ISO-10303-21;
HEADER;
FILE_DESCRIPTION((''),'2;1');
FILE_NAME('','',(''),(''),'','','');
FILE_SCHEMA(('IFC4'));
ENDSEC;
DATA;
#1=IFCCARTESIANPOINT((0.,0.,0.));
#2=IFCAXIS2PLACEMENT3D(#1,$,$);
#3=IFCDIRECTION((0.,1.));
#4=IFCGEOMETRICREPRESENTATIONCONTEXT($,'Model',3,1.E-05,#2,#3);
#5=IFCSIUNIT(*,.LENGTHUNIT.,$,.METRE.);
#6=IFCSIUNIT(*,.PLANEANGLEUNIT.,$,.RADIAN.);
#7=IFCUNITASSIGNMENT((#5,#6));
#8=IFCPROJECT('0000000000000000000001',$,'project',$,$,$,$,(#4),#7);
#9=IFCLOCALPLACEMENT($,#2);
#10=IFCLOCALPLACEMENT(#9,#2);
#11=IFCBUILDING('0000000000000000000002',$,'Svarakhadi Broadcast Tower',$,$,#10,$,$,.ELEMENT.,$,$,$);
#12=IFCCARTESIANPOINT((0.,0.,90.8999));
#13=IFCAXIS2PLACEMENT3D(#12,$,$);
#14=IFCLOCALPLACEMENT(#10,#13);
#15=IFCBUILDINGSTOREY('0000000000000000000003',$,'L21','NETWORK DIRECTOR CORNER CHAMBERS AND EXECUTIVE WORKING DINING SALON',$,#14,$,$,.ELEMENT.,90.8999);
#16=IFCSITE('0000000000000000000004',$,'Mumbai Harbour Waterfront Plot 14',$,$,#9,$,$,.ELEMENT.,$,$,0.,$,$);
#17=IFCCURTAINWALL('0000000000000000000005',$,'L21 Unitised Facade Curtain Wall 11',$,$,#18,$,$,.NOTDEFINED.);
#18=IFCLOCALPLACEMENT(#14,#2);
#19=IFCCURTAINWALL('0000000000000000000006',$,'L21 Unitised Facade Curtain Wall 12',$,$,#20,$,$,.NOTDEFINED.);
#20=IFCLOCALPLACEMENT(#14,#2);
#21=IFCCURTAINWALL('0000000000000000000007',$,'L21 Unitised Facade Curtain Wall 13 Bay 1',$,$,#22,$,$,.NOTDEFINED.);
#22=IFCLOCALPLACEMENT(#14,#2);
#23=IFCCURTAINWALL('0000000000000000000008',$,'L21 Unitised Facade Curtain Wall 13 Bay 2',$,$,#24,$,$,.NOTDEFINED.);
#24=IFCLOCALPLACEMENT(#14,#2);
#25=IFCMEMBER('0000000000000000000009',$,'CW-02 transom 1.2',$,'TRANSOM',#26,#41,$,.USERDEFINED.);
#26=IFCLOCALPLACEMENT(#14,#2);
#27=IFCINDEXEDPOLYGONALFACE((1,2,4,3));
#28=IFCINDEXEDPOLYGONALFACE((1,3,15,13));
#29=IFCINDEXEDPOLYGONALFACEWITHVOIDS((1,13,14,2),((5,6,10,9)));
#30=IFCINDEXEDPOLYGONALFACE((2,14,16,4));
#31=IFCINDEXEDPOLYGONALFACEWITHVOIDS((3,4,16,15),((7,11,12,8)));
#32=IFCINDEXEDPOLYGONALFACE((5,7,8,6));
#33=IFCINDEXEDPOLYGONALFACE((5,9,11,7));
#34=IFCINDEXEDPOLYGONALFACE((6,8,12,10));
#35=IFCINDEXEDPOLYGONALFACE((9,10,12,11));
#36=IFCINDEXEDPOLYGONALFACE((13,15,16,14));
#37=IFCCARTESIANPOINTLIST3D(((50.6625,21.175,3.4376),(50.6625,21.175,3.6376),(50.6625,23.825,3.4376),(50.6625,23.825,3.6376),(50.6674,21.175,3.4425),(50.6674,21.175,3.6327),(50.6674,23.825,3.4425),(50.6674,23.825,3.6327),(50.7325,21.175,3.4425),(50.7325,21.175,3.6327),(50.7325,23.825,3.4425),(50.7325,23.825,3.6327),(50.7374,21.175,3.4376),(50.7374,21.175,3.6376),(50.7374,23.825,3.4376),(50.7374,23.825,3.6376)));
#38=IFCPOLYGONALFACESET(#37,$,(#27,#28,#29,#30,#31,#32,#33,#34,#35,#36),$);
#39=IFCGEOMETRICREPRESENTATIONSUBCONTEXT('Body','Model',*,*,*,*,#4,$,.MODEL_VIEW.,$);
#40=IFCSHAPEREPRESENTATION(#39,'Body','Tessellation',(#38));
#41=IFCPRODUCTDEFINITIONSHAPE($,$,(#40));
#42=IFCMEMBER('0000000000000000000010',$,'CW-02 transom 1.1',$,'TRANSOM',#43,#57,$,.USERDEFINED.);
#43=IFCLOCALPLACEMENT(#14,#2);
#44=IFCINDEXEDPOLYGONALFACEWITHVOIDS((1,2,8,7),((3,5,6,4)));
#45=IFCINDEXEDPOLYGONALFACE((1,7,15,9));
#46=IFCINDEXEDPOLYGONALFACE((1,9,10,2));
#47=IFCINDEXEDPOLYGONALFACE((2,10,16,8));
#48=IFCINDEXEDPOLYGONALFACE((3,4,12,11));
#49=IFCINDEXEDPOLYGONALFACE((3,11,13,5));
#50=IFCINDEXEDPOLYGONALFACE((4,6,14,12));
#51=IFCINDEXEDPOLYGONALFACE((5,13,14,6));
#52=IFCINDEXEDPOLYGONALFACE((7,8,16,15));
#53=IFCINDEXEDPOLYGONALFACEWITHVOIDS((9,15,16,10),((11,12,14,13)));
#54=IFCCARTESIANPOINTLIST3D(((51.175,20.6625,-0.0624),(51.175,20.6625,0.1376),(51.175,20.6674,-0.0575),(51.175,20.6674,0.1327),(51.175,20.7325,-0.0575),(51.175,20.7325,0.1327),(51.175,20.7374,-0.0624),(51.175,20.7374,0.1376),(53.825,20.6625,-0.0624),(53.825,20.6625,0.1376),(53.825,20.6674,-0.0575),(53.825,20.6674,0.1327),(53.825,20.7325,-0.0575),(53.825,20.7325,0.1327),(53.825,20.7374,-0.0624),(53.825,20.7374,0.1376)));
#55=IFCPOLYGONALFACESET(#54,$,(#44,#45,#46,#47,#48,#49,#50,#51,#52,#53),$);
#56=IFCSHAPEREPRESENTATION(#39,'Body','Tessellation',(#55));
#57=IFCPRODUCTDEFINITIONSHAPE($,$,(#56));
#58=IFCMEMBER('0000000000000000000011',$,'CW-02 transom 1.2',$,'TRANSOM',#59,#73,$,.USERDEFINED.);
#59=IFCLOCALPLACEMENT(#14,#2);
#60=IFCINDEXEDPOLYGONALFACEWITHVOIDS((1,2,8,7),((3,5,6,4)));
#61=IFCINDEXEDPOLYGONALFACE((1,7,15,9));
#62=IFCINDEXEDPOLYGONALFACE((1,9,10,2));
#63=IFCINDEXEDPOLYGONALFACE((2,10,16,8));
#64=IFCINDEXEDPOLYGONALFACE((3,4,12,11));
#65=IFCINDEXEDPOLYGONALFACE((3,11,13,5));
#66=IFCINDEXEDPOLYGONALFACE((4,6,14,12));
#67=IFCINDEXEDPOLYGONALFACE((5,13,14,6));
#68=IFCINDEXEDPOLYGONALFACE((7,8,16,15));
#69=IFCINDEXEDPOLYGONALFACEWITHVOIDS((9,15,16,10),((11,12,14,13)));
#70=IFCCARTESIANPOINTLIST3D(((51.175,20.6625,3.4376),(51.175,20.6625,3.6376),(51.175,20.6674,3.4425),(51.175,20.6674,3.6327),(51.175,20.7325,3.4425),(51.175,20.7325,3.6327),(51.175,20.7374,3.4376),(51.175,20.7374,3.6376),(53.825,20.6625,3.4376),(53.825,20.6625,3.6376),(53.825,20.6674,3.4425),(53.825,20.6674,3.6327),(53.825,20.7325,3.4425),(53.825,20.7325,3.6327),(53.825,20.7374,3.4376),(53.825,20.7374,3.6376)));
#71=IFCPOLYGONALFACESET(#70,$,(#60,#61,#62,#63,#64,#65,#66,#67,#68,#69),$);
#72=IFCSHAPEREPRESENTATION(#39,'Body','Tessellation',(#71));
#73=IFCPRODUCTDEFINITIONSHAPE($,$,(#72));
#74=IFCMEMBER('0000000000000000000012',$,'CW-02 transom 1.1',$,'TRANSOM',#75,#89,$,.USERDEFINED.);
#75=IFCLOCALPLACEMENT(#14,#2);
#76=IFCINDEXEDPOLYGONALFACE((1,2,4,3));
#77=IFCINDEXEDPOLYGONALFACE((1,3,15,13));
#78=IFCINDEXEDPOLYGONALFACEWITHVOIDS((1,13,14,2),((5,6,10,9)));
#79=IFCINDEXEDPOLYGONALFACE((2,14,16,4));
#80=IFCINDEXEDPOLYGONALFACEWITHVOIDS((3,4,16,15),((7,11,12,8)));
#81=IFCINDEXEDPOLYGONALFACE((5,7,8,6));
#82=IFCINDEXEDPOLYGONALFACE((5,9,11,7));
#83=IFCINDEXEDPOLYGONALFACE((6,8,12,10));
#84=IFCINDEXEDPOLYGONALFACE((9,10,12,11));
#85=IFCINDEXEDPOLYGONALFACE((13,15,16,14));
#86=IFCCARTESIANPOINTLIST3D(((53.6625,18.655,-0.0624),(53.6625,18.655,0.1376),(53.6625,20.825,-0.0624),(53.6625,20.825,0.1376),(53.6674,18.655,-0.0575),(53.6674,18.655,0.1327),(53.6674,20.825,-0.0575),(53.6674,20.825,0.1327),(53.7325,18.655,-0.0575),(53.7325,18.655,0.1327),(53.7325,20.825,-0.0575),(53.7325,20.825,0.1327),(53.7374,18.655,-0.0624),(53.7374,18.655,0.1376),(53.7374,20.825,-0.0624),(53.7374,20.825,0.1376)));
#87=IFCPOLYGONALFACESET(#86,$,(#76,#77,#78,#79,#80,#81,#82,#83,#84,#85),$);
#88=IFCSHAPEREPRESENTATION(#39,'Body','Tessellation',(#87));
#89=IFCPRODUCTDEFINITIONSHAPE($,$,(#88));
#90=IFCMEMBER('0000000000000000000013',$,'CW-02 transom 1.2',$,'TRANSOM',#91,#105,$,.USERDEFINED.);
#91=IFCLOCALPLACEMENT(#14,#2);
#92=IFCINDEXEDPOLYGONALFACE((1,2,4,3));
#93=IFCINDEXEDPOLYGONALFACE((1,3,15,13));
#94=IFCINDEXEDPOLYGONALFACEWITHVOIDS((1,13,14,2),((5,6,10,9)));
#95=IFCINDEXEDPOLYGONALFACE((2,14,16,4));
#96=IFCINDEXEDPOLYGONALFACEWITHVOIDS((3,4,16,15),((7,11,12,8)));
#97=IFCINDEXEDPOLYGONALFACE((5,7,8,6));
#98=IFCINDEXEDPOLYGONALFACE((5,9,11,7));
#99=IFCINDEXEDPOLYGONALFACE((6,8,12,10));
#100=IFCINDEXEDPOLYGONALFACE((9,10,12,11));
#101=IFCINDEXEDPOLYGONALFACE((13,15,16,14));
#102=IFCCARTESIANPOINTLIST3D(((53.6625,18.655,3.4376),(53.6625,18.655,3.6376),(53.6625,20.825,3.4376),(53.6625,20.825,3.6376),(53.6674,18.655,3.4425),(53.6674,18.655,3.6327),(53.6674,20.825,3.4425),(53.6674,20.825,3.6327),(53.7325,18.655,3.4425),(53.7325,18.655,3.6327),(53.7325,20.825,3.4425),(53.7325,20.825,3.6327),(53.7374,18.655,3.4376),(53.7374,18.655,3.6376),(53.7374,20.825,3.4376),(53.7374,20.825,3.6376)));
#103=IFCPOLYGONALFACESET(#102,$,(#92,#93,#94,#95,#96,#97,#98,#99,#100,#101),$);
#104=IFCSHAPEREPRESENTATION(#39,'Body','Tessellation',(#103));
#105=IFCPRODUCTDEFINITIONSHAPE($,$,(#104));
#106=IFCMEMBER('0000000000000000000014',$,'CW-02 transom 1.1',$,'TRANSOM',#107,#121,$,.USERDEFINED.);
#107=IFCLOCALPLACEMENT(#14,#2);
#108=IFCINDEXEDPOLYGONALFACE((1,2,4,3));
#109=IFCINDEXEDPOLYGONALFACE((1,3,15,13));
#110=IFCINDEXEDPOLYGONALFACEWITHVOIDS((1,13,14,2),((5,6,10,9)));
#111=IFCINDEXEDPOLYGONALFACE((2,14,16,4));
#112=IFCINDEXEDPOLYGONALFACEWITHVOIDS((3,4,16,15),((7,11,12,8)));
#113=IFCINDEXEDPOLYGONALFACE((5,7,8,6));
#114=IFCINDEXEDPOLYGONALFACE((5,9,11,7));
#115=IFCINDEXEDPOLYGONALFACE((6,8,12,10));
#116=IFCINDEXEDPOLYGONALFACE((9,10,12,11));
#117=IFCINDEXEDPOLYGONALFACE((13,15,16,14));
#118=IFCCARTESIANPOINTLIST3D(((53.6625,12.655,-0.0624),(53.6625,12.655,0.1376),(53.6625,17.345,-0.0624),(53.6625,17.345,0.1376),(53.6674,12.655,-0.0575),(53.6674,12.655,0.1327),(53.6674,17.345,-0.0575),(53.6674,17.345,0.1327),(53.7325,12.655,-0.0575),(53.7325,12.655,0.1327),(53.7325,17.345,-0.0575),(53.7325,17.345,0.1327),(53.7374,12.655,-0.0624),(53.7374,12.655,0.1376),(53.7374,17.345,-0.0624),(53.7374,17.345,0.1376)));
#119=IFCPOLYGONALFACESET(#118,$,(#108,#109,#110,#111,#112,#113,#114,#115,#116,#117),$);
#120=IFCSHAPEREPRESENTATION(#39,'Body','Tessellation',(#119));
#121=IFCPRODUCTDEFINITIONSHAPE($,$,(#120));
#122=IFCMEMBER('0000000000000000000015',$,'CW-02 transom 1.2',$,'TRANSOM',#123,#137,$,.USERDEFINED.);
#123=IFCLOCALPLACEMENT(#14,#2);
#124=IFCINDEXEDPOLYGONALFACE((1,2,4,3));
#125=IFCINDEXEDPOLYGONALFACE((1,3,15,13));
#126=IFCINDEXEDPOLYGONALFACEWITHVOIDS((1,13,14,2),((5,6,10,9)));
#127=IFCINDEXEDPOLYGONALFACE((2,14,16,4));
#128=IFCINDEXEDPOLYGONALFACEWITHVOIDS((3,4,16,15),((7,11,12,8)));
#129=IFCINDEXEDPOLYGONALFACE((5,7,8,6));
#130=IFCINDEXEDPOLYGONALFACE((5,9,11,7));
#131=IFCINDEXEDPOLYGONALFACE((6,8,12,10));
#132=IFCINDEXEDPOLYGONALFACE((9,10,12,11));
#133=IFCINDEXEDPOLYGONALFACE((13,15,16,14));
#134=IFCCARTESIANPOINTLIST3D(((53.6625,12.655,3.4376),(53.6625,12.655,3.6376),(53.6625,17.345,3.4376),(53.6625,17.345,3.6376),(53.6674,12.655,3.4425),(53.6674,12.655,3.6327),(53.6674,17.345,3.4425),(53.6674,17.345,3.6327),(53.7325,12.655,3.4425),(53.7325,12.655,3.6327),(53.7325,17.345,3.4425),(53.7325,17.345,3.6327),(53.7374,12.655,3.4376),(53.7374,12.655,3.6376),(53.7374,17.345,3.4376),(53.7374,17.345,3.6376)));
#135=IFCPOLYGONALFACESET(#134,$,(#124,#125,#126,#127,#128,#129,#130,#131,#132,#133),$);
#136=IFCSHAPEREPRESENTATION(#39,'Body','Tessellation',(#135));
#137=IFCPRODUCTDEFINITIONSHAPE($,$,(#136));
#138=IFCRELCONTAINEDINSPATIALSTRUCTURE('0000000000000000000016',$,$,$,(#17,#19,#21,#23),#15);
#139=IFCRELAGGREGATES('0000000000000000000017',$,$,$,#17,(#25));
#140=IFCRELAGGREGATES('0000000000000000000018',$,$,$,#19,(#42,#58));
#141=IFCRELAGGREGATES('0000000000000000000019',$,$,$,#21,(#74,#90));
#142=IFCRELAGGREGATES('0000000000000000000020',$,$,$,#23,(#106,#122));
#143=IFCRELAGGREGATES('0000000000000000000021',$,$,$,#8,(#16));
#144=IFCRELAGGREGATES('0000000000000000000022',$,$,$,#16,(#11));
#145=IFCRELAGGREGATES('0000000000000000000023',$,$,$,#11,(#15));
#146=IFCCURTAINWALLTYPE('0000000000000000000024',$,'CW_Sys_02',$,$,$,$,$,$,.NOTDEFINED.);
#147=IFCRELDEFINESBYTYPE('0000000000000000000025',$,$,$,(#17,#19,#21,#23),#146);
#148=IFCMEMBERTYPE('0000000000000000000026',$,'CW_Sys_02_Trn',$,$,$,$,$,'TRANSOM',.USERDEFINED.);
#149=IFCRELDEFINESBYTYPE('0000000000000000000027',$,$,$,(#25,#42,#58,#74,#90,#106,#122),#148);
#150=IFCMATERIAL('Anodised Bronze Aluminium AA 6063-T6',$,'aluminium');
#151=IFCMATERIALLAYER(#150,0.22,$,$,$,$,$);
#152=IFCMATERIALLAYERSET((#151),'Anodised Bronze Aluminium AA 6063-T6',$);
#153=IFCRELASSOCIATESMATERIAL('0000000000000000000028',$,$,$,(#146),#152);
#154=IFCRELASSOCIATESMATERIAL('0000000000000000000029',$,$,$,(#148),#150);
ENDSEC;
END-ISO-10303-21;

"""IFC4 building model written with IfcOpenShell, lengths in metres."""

from ifc_helpers import new_model, si_unit, direction, frame, origin, origin_2d, place, context, subcontext, project, spatial, hollow_rectangle, extrude, material, layer, layer_set, material_profile, profile_set, type_object, element, aggregate, save


model = new_model("IFC4")

# Units and contexts
model_context = context("Model", 3, precision=1e-05, world=origin(), true_north=direction((0.0, 1.0)))
body_context = subcontext(model_context, "Body", "Model", "MODEL_VIEW")
ifc_project = project(units=[si_unit("LENGTHUNIT", "METRE"), si_unit("PLANEANGLEUNIT", "RADIAN")], contexts=[model_context])

# Site, building, storey
site_placement = place(None, origin())
site = spatial("IfcSite", under=ifc_project, at=site_placement, Name="Mumbai Harbour Waterfront Plot 14", CompositionType="ELEMENT", RefElevation=0.0)
building_placement = place(site_placement, origin())
building = spatial("IfcBuilding", under=site, at=building_placement, Name="Svarakhadi Broadcast Tower", CompositionType="ELEMENT")
storey_placement = place(building_placement, frame((0.0, 0.0, 90.8999)))
storey = spatial("IfcBuildingStorey", under=building, at=storey_placement, Name="L21", Description="NETWORK DIRECTOR CORNER CHAMBERS AND EXECUTIVE WORKING DINING SALON", CompositionType="ELEMENT", Elevation=90.8999)

# Curtain wall
ifc_material_1 = material(Name="Anodised Bronze Aluminium AA 6063-T6", Category="aluminium")
ifc_layer_1 = layer(ifc_material_1, 0.22)
ifc_layer_set_1 = layer_set([ifc_layer_1], Name="Anodised Bronze Aluminium AA 6063-T6")
curtain_wall_type = type_object("IfcCurtainWallType", Name="CW_Sys_02", PredefinedType="NOTDEFINED", material=ifc_layer_set_1)
curtain_wall_1_placement = place(storey_placement, origin())
curtain_wall_1 = element("IfcCurtainWall", 1, at=curtain_wall_1_placement, inside=storey, type_object=curtain_wall_type, Name="L21 Unitised Facade Curtain Wall 11", PredefinedType="NOTDEFINED")

# Curtain walls
curtain_wall_2_placement = place(storey_placement, origin())
curtain_wall_2 = element("IfcCurtainWall", 2, at=curtain_wall_2_placement, inside=storey, type_object=curtain_wall_type, Name="L21 Unitised Facade Curtain Wall 12", PredefinedType="NOTDEFINED")
curtain_wall_3_placement = place(storey_placement, origin())
curtain_wall_3 = element("IfcCurtainWall", 3, at=curtain_wall_3_placement, inside=storey, type_object=curtain_wall_type, Name="L21 Unitised Facade Curtain Wall 13 Bay 1", PredefinedType="NOTDEFINED")
curtain_wall_4_placement = place(storey_placement, origin())
curtain_wall_4 = element("IfcCurtainWall", 4, at=curtain_wall_4_placement, inside=storey, type_object=curtain_wall_type, Name="L21 Unitised Facade Curtain Wall 13 Bay 2", PredefinedType="NOTDEFINED")

# Members
ifc_material_profile_1 = material_profile(ifc_material_1, hollow_rectangle(XDim=0.075, YDim=0.2, WallThickness=0.0049, at=origin_2d()), Name="ALU TRANSOM 200x75x5")
ifc_profile_set_1 = profile_set([ifc_material_profile_1], Name="Anodised Bronze Aluminium AA 6063-T6")
member_type_1 = type_object("IfcMemberType", Name="CW_Sys_02_Trn", ElementType="TRANSOM", PredefinedType="USERDEFINED", material=ifc_profile_set_1)
member_1_placement = place(storey_placement, frame((50.7, 23.825, 3.5376), z_axis=(0.0, -1.0, 0.0), x_axis=(1.0, 0.0, 0.0)))
member_1 = element("IfcMember", 5, at=member_1_placement, type_object=member_type_1, Name="CW-02 transom 1.2", ObjectType="TRANSOM", PredefinedType="USERDEFINED", context=body_context, shape_type="SweptSolid", body=[
    extrude(hollow_rectangle(XDim=0.075, YDim=0.2, WallThickness=0.0049, at=origin_2d()), origin(), (0.0, 0.0, 1.0), 2.6499),
])
member_2_placement = place(storey_placement, frame((51.175, 20.7, 0.0376), z_axis=(1.0, 0.0, 0.0), x_axis=(0.0, 1.0, 0.0)))
member_2 = element("IfcMember", 6, at=member_2_placement, type_object=member_type_1, Name="CW-02 transom 1.1", ObjectType="TRANSOM", PredefinedType="USERDEFINED", context=body_context, shape_type="SweptSolid", body=[
    extrude(hollow_rectangle(XDim=0.075, YDim=0.2, WallThickness=0.0049, at=origin_2d()), origin(), (0.0, 0.0, 1.0), 2.6499),
])
member_3_placement = place(storey_placement, frame((51.175, 20.7, 3.5376), z_axis=(1.0, 0.0, 0.0), x_axis=(0.0, 1.0, 0.0)))
member_3 = element("IfcMember", 7, at=member_3_placement, type_object=member_type_1, Name="CW-02 transom 1.2", ObjectType="TRANSOM", PredefinedType="USERDEFINED", context=body_context, shape_type="SweptSolid", body=[
    extrude(hollow_rectangle(XDim=0.075, YDim=0.2, WallThickness=0.0049, at=origin_2d()), origin(), (0.0, 0.0, 1.0), 2.6499),
])
member_4_placement = place(storey_placement, frame((53.7, 20.825, 0.0376), z_axis=(0.0, -1.0, 0.0), x_axis=(1.0, 0.0, 0.0)))
member_4 = element("IfcMember", 8, at=member_4_placement, type_object=member_type_1, Name="CW-02 transom 1.1", ObjectType="TRANSOM", PredefinedType="USERDEFINED", context=body_context, shape_type="SweptSolid", body=[
    extrude(hollow_rectangle(XDim=0.075, YDim=0.2, WallThickness=0.0049, at=origin_2d()), origin(), (0.0, 0.0, 1.0), 2.1699),
])
member_5_placement = place(storey_placement, frame((53.7, 20.825, 3.5376), z_axis=(0.0, -1.0, 0.0), x_axis=(1.0, 0.0, 0.0)))
member_5 = element("IfcMember", 9, at=member_5_placement, type_object=member_type_1, Name="CW-02 transom 1.2", ObjectType="TRANSOM", PredefinedType="USERDEFINED", context=body_context, shape_type="SweptSolid", body=[
    extrude(hollow_rectangle(XDim=0.075, YDim=0.2, WallThickness=0.0049, at=origin_2d()), origin(), (0.0, 0.0, 1.0), 2.1699),
])
member_6_placement = place(storey_placement, frame((53.7, 17.345, 0.0376), z_axis=(0.0, -1.0, 0.0), x_axis=(1.0, 0.0, 0.0)))
member_6 = element("IfcMember", 10, at=member_6_placement, type_object=member_type_1, Name="CW-02 transom 1.1", ObjectType="TRANSOM", PredefinedType="USERDEFINED", context=body_context, shape_type="SweptSolid", body=[
    extrude(hollow_rectangle(XDim=0.075, YDim=0.2, WallThickness=0.0049, at=origin_2d()), origin(), (0.0, 0.0, 1.0), 4.6899),
])
member_7_placement = place(storey_placement, frame((53.7, 17.345, 3.5376), z_axis=(0.0, -1.0, 0.0), x_axis=(1.0, 0.0, 0.0)))
member_7 = element("IfcMember", 11, at=member_7_placement, type_object=member_type_1, Name="CW-02 transom 1.2", ObjectType="TRANSOM", PredefinedType="USERDEFINED", context=body_context, shape_type="SweptSolid", body=[
    extrude(hollow_rectangle(XDim=0.075, YDim=0.2, WallThickness=0.0049, at=origin_2d()), origin(), (0.0, 0.0, 1.0), 4.6899),
])

aggregate(curtain_wall_1, [member_1])
aggregate(curtain_wall_2, [member_2, member_3])
aggregate(curtain_wall_3, [member_4, member_5])
aggregate(curtain_wall_4, [member_6, member_7])

save(model, "model.ifc")
